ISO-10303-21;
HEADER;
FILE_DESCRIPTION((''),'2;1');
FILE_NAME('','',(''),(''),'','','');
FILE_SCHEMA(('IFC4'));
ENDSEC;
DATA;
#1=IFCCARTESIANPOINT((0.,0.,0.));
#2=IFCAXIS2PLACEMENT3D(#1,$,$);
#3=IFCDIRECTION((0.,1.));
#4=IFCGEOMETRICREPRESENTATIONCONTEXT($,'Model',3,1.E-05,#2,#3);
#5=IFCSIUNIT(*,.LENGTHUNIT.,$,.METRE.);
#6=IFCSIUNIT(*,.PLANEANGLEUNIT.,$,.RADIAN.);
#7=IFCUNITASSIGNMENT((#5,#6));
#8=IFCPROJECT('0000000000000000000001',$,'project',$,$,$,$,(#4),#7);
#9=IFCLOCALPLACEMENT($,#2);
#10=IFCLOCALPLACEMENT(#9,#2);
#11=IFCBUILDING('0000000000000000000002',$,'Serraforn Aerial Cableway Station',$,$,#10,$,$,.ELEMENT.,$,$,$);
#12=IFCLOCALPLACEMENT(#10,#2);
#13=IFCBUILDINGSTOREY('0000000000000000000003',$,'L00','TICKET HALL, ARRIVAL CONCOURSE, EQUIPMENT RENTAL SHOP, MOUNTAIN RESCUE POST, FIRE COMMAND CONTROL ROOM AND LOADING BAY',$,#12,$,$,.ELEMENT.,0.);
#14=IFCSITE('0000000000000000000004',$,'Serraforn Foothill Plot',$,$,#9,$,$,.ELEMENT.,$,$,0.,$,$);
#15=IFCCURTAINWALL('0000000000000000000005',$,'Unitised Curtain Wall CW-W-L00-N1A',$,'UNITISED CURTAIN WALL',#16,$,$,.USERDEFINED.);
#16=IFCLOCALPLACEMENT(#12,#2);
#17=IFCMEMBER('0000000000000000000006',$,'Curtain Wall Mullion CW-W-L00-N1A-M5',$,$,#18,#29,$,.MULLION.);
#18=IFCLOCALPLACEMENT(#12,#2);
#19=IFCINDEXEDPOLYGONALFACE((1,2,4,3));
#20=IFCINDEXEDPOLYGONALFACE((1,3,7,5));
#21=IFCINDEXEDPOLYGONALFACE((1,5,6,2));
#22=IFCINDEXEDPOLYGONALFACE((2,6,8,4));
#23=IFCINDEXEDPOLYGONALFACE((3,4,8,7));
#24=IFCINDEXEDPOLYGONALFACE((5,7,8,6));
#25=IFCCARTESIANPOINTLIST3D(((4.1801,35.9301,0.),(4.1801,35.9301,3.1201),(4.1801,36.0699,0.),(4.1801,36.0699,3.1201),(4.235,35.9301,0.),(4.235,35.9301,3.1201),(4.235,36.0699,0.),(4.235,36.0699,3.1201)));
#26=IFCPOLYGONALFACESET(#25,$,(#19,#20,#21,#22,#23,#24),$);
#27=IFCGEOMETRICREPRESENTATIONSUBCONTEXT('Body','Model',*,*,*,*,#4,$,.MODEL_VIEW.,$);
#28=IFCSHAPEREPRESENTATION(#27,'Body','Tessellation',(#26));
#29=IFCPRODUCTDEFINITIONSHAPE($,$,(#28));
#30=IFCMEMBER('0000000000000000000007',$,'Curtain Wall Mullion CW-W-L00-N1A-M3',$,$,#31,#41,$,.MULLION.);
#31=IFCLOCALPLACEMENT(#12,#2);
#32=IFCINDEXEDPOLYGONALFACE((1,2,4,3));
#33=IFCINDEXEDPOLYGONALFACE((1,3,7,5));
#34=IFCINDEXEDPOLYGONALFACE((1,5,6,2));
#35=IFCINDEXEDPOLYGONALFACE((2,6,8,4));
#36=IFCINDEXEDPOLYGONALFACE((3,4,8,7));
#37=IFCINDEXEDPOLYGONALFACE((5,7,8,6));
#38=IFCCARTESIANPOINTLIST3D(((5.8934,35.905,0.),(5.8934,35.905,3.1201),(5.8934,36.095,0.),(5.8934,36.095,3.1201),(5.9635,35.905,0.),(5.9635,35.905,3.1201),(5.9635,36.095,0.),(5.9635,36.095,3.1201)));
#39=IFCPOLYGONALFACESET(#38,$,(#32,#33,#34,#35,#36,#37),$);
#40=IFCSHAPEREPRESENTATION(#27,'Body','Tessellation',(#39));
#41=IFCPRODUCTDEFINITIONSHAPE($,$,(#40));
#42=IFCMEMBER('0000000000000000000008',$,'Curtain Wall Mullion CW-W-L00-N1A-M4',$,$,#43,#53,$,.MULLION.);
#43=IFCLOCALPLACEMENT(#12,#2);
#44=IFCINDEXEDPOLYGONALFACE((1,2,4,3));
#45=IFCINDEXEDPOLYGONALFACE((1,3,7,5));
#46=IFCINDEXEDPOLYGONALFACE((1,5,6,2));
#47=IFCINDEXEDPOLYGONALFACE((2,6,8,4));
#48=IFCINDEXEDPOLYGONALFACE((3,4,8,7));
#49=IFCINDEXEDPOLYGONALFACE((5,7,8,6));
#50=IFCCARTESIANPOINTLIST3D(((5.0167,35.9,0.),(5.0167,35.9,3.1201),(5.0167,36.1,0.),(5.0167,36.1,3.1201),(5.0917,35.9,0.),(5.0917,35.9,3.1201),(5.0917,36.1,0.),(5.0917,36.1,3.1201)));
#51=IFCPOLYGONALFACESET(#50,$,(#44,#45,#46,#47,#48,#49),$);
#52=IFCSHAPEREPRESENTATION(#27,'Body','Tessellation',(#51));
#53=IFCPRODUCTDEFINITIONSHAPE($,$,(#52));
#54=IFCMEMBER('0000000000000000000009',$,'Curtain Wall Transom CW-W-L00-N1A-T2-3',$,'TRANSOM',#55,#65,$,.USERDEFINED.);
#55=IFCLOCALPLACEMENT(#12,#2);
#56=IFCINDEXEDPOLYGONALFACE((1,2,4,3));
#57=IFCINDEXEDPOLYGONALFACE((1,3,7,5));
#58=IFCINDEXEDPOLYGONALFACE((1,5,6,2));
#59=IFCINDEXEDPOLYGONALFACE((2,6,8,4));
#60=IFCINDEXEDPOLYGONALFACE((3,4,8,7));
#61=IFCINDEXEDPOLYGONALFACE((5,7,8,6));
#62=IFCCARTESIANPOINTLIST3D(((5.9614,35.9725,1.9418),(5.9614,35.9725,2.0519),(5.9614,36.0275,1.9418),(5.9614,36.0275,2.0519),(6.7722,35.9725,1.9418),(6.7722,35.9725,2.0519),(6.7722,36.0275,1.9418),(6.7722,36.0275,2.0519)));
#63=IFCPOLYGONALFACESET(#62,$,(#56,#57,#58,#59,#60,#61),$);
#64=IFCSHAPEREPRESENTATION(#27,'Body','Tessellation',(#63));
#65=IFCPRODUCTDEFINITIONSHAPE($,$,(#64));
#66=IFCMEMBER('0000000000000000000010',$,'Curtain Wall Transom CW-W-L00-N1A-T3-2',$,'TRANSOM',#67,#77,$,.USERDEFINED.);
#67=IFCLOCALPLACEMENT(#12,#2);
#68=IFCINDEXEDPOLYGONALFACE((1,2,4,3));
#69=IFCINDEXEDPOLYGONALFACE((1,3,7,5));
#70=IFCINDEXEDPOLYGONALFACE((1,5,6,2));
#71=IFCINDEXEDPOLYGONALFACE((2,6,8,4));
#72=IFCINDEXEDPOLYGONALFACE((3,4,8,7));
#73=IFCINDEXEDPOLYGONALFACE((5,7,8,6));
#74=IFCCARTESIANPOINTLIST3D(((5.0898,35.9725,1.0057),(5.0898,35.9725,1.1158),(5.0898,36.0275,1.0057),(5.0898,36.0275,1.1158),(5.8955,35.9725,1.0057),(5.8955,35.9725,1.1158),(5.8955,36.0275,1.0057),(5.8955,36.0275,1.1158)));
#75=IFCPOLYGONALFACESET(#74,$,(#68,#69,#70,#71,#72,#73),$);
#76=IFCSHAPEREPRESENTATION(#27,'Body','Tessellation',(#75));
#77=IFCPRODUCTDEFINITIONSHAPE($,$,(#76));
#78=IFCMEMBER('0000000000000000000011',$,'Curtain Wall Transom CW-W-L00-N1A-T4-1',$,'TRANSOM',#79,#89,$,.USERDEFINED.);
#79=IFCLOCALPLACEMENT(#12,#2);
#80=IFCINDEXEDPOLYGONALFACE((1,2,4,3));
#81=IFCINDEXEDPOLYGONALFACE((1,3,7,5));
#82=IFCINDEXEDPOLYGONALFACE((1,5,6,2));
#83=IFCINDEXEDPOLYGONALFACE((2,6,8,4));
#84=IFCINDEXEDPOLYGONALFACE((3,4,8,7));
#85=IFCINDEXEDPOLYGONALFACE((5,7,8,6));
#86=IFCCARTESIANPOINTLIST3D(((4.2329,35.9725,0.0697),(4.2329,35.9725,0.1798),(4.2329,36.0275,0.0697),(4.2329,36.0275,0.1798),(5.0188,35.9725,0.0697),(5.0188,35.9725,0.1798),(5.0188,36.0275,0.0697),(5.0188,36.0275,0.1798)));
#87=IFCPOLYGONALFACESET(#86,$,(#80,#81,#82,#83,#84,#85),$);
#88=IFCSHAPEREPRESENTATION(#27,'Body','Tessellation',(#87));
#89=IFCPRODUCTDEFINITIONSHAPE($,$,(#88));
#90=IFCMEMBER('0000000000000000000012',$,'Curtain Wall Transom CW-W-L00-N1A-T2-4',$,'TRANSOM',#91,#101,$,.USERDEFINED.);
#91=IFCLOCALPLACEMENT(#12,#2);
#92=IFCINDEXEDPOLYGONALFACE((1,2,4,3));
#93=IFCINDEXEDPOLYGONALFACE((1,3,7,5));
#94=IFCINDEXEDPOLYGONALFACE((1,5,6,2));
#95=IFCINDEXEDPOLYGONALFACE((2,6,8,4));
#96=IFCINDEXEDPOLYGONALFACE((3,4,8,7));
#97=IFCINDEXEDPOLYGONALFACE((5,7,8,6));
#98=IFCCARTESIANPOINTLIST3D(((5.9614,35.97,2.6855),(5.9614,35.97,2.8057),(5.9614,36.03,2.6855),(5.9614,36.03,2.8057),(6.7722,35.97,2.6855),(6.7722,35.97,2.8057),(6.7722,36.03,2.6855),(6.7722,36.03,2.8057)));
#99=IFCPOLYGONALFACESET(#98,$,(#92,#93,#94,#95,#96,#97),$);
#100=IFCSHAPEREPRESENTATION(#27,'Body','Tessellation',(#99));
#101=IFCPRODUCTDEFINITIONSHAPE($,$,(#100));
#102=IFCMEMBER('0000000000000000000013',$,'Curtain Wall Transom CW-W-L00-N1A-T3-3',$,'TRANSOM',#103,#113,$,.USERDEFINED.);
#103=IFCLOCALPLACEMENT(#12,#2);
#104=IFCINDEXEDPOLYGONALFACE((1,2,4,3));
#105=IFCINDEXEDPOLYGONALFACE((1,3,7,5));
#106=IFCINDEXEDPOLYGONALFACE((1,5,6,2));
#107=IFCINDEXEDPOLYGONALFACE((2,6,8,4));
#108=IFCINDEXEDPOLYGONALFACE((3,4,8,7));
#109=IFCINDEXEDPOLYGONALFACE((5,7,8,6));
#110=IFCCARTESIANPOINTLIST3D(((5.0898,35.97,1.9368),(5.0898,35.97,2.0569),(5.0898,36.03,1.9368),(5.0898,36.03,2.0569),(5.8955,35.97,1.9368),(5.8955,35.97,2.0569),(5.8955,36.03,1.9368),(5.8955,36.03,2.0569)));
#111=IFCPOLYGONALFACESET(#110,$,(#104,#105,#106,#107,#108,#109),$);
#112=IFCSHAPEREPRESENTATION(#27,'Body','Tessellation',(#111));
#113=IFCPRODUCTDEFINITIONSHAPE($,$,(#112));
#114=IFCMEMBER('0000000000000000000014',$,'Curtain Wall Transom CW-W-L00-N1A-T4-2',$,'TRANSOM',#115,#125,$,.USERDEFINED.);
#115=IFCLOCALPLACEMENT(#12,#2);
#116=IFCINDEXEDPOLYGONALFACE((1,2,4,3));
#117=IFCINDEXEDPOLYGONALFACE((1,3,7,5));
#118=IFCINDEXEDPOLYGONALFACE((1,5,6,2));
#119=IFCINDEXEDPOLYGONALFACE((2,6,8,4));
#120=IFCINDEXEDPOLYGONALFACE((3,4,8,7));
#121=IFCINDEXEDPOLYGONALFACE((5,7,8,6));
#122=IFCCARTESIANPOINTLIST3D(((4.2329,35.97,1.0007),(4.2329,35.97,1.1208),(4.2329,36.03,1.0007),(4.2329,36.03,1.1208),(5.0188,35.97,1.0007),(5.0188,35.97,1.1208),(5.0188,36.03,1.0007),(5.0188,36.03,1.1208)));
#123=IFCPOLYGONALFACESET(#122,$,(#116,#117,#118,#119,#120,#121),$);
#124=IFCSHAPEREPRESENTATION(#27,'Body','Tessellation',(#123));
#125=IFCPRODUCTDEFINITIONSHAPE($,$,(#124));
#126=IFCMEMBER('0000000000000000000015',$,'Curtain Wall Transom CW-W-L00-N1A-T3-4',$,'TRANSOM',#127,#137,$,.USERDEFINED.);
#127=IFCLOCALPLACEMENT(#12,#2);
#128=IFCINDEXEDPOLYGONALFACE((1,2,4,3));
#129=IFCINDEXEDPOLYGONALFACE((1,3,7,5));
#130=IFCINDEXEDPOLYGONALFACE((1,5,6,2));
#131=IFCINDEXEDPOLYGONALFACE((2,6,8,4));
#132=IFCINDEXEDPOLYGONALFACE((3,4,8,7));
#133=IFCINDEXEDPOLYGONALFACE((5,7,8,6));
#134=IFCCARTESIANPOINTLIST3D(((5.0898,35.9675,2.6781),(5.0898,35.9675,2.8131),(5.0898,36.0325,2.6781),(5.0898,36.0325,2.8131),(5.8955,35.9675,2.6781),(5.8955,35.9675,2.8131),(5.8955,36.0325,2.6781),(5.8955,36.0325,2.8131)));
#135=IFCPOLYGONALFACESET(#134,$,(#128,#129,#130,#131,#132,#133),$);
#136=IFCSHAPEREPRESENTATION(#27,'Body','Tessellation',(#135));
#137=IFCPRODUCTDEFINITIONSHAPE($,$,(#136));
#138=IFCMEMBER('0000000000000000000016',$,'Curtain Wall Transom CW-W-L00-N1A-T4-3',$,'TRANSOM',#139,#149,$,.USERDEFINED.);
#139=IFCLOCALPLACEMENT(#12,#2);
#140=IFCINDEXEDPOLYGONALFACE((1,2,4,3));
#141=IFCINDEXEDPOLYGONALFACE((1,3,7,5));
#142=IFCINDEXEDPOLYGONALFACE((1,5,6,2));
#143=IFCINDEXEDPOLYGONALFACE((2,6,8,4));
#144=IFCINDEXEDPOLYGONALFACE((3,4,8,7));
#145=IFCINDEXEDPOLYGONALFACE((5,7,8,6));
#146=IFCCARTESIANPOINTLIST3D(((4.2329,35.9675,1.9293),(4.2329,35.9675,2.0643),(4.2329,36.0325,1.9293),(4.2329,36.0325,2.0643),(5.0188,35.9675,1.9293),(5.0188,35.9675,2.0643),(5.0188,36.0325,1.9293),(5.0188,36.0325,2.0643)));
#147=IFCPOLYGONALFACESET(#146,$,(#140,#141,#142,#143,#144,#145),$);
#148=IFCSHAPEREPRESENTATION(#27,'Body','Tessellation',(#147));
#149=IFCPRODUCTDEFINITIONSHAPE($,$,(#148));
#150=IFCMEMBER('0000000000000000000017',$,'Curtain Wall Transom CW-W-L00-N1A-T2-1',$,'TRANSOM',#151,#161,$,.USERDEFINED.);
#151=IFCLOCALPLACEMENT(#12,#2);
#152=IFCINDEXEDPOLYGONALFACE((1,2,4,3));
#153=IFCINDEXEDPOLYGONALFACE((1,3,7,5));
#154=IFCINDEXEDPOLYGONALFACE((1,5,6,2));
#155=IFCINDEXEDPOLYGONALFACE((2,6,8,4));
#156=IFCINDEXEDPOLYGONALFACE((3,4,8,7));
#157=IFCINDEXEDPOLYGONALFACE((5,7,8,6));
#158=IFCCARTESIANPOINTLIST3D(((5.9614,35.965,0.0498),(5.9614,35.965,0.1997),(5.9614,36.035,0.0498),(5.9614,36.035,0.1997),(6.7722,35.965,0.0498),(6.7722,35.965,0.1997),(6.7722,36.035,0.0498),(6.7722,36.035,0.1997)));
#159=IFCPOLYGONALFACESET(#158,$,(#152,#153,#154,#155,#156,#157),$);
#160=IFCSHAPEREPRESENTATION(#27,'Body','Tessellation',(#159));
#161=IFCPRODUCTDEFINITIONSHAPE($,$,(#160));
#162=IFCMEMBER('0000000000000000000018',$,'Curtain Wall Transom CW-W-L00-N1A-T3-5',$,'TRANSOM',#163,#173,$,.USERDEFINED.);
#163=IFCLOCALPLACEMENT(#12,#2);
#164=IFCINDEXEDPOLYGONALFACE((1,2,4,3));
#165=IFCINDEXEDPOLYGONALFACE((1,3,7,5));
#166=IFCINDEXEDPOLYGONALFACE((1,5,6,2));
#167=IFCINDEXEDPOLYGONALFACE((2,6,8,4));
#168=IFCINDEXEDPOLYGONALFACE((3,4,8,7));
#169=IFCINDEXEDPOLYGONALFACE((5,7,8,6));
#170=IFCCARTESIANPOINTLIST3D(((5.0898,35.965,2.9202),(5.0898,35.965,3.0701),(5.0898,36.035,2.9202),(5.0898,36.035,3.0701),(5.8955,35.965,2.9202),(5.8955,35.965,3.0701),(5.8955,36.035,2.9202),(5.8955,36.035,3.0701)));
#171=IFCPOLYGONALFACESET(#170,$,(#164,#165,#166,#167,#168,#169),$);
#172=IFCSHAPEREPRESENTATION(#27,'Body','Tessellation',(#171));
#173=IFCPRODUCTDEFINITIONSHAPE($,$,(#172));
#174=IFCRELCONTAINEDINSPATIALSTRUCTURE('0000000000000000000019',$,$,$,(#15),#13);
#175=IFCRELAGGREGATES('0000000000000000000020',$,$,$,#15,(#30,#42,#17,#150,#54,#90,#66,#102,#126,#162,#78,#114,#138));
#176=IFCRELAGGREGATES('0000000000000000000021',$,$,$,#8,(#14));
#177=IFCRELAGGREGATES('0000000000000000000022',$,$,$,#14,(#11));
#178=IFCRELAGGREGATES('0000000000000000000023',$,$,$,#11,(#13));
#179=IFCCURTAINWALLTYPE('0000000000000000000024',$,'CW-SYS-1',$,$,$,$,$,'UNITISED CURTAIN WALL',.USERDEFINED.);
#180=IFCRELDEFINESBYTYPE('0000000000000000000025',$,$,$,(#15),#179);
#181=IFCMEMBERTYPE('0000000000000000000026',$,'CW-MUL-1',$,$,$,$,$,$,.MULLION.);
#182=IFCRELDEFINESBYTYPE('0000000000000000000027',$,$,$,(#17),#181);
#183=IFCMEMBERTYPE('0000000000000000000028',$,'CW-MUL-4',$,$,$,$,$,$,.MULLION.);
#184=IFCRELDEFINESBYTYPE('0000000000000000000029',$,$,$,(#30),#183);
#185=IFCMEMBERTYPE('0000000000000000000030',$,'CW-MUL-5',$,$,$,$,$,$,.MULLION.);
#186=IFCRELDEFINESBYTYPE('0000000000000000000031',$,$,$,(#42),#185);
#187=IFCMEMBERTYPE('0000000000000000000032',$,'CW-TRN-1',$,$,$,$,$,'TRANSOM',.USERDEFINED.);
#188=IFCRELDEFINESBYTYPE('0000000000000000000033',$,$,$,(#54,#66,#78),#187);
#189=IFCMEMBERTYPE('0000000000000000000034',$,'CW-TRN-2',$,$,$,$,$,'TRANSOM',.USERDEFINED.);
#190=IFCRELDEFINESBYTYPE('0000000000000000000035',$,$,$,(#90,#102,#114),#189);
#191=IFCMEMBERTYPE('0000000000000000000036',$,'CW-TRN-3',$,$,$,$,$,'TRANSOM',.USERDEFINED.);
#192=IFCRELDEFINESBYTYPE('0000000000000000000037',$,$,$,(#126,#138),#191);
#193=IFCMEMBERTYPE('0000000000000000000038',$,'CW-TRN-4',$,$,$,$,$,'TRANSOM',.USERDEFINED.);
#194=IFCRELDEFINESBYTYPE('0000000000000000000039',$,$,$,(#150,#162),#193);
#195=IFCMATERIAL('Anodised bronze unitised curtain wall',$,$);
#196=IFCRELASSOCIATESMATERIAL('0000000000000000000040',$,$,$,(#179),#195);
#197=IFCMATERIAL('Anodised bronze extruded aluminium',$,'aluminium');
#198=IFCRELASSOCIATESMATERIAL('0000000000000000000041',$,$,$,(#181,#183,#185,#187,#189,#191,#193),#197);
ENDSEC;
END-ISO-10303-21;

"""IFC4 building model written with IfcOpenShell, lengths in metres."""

from ifc_helpers import new_model, si_unit, direction, frame, origin, origin_2d, place, context, subcontext, project, spatial, rectangle, extrude, material, material_profile, profile_set, type_object, element, aggregate, save


model = new_model("IFC4")

# Units and contexts
model_context = context("Model", 3, precision=1e-05, world=origin(), true_north=direction((0.0, 1.0)))
body_context = subcontext(model_context, "Body", "Model", "MODEL_VIEW")
ifc_project = project(units=[si_unit("LENGTHUNIT", "METRE"), si_unit("PLANEANGLEUNIT", "RADIAN")], contexts=[model_context])

# Site, building, storey
site_placement = place(None, origin())
site = spatial("IfcSite", under=ifc_project, at=site_placement, Name="Serraforn Foothill Plot", CompositionType="ELEMENT", RefElevation=0.0)
building_placement = place(site_placement, origin())
building = spatial("IfcBuilding", under=site, at=building_placement, Name="Serraforn Aerial Cableway Station", CompositionType="ELEMENT")
storey_placement = place(building_placement, origin())
storey = spatial("IfcBuildingStorey", under=building, at=storey_placement, Name="L00", Description="TICKET HALL, ARRIVAL CONCOURSE, EQUIPMENT RENTAL SHOP, MOUNTAIN RESCUE POST, FIRE COMMAND CONTROL ROOM AND LOADING BAY", CompositionType="ELEMENT", Elevation=0.0)

# Curtain wall, members
ifc_material_1 = material(Name="Anodised bronze unitised curtain wall")
curtain_wall_type = type_object("IfcCurtainWallType", Name="CW-SYS-1", ElementType="UNITISED CURTAIN WALL", PredefinedType="USERDEFINED", material=ifc_material_1)
curtain_wall_placement = place(storey_placement, origin())
curtain_wall = element("IfcCurtainWall", 1, at=curtain_wall_placement, inside=storey, type_object=curtain_wall_type, Name="Unitised Curtain Wall CW-W-L00-N1A", ObjectType="UNITISED CURTAIN WALL", PredefinedType="USERDEFINED")
ifc_material_2 = material(Name="Anodised bronze extruded aluminium", Category="aluminium")
ifc_material_profile_1 = material_profile(ifc_material_2, rectangle(XDim=0.0549, YDim=0.1399, at=origin_2d()), Name="CW MULLION 55x140")
ifc_profile_set_1 = profile_set([ifc_material_profile_1], Name="Anodised bronze extruded aluminium")
member_type_1 = type_object("IfcMemberType", Name="CW-MUL-1", PredefinedType="MULLION", material=ifc_profile_set_1)
member_1_placement = place(storey_placement, frame((4.2075, 36.0, 0.0), z_axis=(0.0, 0.0, 1.0), x_axis=(-1.0, 0.0, 0.0)))
member_1 = element("IfcMember", 2, at=member_1_placement, type_object=member_type_1, Name="Curtain Wall Mullion CW-W-L00-N1A-M5", PredefinedType="MULLION", context=body_context, shape_type="SweptSolid", body=[
    extrude(rectangle(XDim=0.0549, YDim=0.1399, at=origin_2d()), origin(), (0.0, 0.0, 1.0), 3.1201),
])
ifc_material_profile_2 = material_profile(ifc_material_2, rectangle(XDim=0.0701, YDim=0.1899, at=origin_2d()), Name="CW MULLION 70x190")
ifc_profile_set_2 = profile_set([ifc_material_profile_2], Name="Anodised bronze extruded aluminium")
member_type_2 = type_object("IfcMemberType", Name="CW-MUL-4", PredefinedType="MULLION", material=ifc_profile_set_2)
member_2_placement = place(storey_placement, frame((5.9285, 36.0, 0.0), z_axis=(0.0, 0.0, 1.0), x_axis=(-1.0, 0.0, 0.0)))
member_2 = element("IfcMember", 3, at=member_2_placement, type_object=member_type_2, Name="Curtain Wall Mullion CW-W-L00-N1A-M3", PredefinedType="MULLION", context=body_context, shape_type="SweptSolid", body=[
    extrude(rectangle(XDim=0.0701, YDim=0.1899, at=origin_2d()), origin(), (0.0, 0.0, 1.0), 3.1201),
])
ifc_material_profile_3 = material_profile(ifc_material_2, rectangle(XDim=0.075, YDim=0.2, at=origin_2d()), Name="CW MULLION 75x200")
ifc_profile_set_3 = profile_set([ifc_material_profile_3], Name="Anodised bronze extruded aluminium")
member_type_3 = type_object("IfcMemberType", Name="CW-MUL-5", PredefinedType="MULLION", material=ifc_profile_set_3)
member_3_placement = place(storey_placement, frame((5.0542, 36.0, 0.0), z_axis=(0.0, 0.0, 1.0), x_axis=(-1.0, 0.0, 0.0)))
member_3 = element("IfcMember", 4, at=member_3_placement, type_object=member_type_3, Name="Curtain Wall Mullion CW-W-L00-N1A-M4", PredefinedType="MULLION", context=body_context, shape_type="SweptSolid", body=[
    extrude(rectangle(XDim=0.075, YDim=0.2, at=origin_2d()), origin(), (0.0, 0.0, 1.0), 3.1201),
])
ifc_material_profile_4 = material_profile(ifc_material_2, rectangle(XDim=0.0549, YDim=0.1101, at=origin_2d()), Name="CW TRANSOM 55x110")
ifc_profile_set_4 = profile_set([ifc_material_profile_4], Name="Anodised bronze extruded aluminium")
member_type_4 = type_object("IfcMemberType", Name="CW-TRN-1", ElementType="TRANSOM", PredefinedType="USERDEFINED", material=ifc_profile_set_4)
member_4_placement = place(storey_placement, frame((6.7722, 36.0, 1.9968), z_axis=(-1.0, 0.0, 0.0), x_axis=(0.0, -1.0, 0.0)))
member_4 = element("IfcMember", 5, at=member_4_placement, type_object=member_type_4, Name="Curtain Wall Transom CW-W-L00-N1A-T2-3", ObjectType="TRANSOM", PredefinedType="USERDEFINED", context=body_context, shape_type="SweptSolid", body=[
    extrude(rectangle(XDim=0.0549, YDim=0.1101, at=origin_2d()), origin(), (0.0, 0.0, 1.0), 0.8108),
])
member_5_placement = place(storey_placement, frame((5.8955, 36.0, 1.0608), z_axis=(-1.0, 0.0, 0.0), x_axis=(0.0, -1.0, 0.0)))
member_5 = element("IfcMember", 6, at=member_5_placement, type_object=member_type_4, Name="Curtain Wall Transom CW-W-L00-N1A-T3-2", ObjectType="TRANSOM", PredefinedType="USERDEFINED", context=body_context, shape_type="SweptSolid", body=[
    extrude(rectangle(XDim=0.0549, YDim=0.1101, at=origin_2d()), origin(), (0.0, 0.0, 1.0), 0.8057),
])
member_6_placement = place(storey_placement, frame((5.0188, 36.0, 0.1248), z_axis=(-1.0, 0.0, 0.0), x_axis=(0.0, -1.0, 0.0)))
member_6 = element("IfcMember", 7, at=member_6_placement, type_object=member_type_4, Name="Curtain Wall Transom CW-W-L00-N1A-T4-1", ObjectType="TRANSOM", PredefinedType="USERDEFINED", context=body_context, shape_type="SweptSolid", body=[
    extrude(rectangle(XDim=0.0549, YDim=0.1101, at=origin_2d()), origin(), (0.0, 0.0, 1.0), 0.7859),
])
ifc_material_profile_5 = material_profile(ifc_material_2, rectangle(XDim=0.0601, YDim=0.1201, at=origin_2d()), Name="CW TRANSOM 60x120")
ifc_profile_set_5 = profile_set([ifc_material_profile_5], Name="Anodised bronze extruded aluminium")
member_type_5 = type_object("IfcMemberType", Name="CW-TRN-2", ElementType="TRANSOM", PredefinedType="USERDEFINED", material=ifc_profile_set_5)
member_7_placement = place(storey_placement, frame((6.7722, 36.0, 2.7456), z_axis=(-1.0, 0.0, 0.0), x_axis=(0.0, -1.0, 0.0)))
member_7 = element("IfcMember", 8, at=member_7_placement, type_object=member_type_5, Name="Curtain Wall Transom CW-W-L00-N1A-T2-4", ObjectType="TRANSOM", PredefinedType="USERDEFINED", context=body_context, shape_type="SweptSolid", body=[
    extrude(rectangle(XDim=0.0601, YDim=0.1201, at=origin_2d()), origin(), (0.0, 0.0, 1.0), 0.8108),
])
member_8_placement = place(storey_placement, frame((5.8955, 36.0, 1.9968), z_axis=(-1.0, 0.0, 0.0), x_axis=(0.0, -1.0, 0.0)))
member_8 = element("IfcMember", 9, at=member_8_placement, type_object=member_type_5, Name="Curtain Wall Transom CW-W-L00-N1A-T3-3", ObjectType="TRANSOM", PredefinedType="USERDEFINED", context=body_context, shape_type="SweptSolid", body=[
    extrude(rectangle(XDim=0.0601, YDim=0.1201, at=origin_2d()), origin(), (0.0, 0.0, 1.0), 0.8057),
])
member_9_placement = place(storey_placement, frame((5.0188, 36.0, 1.0608), z_axis=(-1.0, 0.0, 0.0), x_axis=(0.0, -1.0, 0.0)))
member_9 = element("IfcMember", 10, at=member_9_placement, type_object=member_type_5, Name="Curtain Wall Transom CW-W-L00-N1A-T4-2", ObjectType="TRANSOM", PredefinedType="USERDEFINED", context=body_context, shape_type="SweptSolid", body=[
    extrude(rectangle(XDim=0.0601, YDim=0.1201, at=origin_2d()), origin(), (0.0, 0.0, 1.0), 0.7859),
])
ifc_material_profile_6 = material_profile(ifc_material_2, rectangle(XDim=0.0649, YDim=0.135, at=origin_2d()), Name="CW TRANSOM 65x135")
ifc_profile_set_6 = profile_set([ifc_material_profile_6], Name="Anodised bronze extruded aluminium")
member_type_6 = type_object("IfcMemberType", Name="CW-TRN-3", ElementType="TRANSOM", PredefinedType="USERDEFINED", material=ifc_profile_set_6)
member_10_placement = place(storey_placement, frame((5.8955, 36.0, 2.7456), z_axis=(-1.0, 0.0, 0.0), x_axis=(0.0, -1.0, 0.0)))
member_10 = element("IfcMember", 11, at=member_10_placement, type_object=member_type_6, Name="Curtain Wall Transom CW-W-L00-N1A-T3-4", ObjectType="TRANSOM", PredefinedType="USERDEFINED", context=body_context, shape_type="SweptSolid", body=[
    extrude(rectangle(XDim=0.0649, YDim=0.135, at=origin_2d()), origin(), (0.0, 0.0, 1.0), 0.8057),
])
member_11_placement = place(storey_placement, frame((5.0188, 36.0, 1.9968), z_axis=(-1.0, 0.0, 0.0), x_axis=(0.0, -1.0, 0.0)))
member_11 = element("IfcMember", 12, at=member_11_placement, type_object=member_type_6, Name="Curtain Wall Transom CW-W-L00-N1A-T4-3", ObjectType="TRANSOM", PredefinedType="USERDEFINED", context=body_context, shape_type="SweptSolid", body=[
    extrude(rectangle(XDim=0.0649, YDim=0.135, at=origin_2d()), origin(), (0.0, 0.0, 1.0), 0.7859),
])
ifc_material_profile_7 = material_profile(ifc_material_2, rectangle(XDim=0.0701, YDim=0.1499, at=origin_2d()), Name="CW TRANSOM 70x150")
ifc_profile_set_7 = profile_set([ifc_material_profile_7], Name="Anodised bronze extruded aluminium")
member_type_7 = type_object("IfcMemberType", Name="CW-TRN-4", ElementType="TRANSOM", PredefinedType="USERDEFINED", material=ifc_profile_set_7)
member_12_placement = place(storey_placement, frame((6.7722, 36.0, 0.1248), z_axis=(-1.0, 0.0, 0.0), x_axis=(0.0, -1.0, 0.0)))
member_12 = element("IfcMember", 13, at=member_12_placement, type_object=member_type_7, Name="Curtain Wall Transom CW-W-L00-N1A-T2-1", ObjectType="TRANSOM", PredefinedType="USERDEFINED", context=body_context, shape_type="SweptSolid", body=[
    extrude(rectangle(XDim=0.0701, YDim=0.1499, at=origin_2d()), origin(), (0.0, 0.0, 1.0), 0.8108),
])
member_13_placement = place(storey_placement, frame((5.8955, 36.0, 2.9951), z_axis=(-1.0, 0.0, 0.0), x_axis=(0.0, -1.0, 0.0)))
member_13 = element("IfcMember", 14, at=member_13_placement, type_object=member_type_7, Name="Curtain Wall Transom CW-W-L00-N1A-T3-5", ObjectType="TRANSOM", PredefinedType="USERDEFINED", context=body_context, shape_type="SweptSolid", body=[
    extrude(rectangle(XDim=0.0701, YDim=0.1499, at=origin_2d()), origin(), (0.0, 0.0, 1.0), 0.8057),
])
aggregate(curtain_wall, [member_2, member_3, member_1, member_12, member_4, member_7, member_5, member_8, member_10, member_13, member_6, member_9, member_11])

save(model, "model.ifc")
